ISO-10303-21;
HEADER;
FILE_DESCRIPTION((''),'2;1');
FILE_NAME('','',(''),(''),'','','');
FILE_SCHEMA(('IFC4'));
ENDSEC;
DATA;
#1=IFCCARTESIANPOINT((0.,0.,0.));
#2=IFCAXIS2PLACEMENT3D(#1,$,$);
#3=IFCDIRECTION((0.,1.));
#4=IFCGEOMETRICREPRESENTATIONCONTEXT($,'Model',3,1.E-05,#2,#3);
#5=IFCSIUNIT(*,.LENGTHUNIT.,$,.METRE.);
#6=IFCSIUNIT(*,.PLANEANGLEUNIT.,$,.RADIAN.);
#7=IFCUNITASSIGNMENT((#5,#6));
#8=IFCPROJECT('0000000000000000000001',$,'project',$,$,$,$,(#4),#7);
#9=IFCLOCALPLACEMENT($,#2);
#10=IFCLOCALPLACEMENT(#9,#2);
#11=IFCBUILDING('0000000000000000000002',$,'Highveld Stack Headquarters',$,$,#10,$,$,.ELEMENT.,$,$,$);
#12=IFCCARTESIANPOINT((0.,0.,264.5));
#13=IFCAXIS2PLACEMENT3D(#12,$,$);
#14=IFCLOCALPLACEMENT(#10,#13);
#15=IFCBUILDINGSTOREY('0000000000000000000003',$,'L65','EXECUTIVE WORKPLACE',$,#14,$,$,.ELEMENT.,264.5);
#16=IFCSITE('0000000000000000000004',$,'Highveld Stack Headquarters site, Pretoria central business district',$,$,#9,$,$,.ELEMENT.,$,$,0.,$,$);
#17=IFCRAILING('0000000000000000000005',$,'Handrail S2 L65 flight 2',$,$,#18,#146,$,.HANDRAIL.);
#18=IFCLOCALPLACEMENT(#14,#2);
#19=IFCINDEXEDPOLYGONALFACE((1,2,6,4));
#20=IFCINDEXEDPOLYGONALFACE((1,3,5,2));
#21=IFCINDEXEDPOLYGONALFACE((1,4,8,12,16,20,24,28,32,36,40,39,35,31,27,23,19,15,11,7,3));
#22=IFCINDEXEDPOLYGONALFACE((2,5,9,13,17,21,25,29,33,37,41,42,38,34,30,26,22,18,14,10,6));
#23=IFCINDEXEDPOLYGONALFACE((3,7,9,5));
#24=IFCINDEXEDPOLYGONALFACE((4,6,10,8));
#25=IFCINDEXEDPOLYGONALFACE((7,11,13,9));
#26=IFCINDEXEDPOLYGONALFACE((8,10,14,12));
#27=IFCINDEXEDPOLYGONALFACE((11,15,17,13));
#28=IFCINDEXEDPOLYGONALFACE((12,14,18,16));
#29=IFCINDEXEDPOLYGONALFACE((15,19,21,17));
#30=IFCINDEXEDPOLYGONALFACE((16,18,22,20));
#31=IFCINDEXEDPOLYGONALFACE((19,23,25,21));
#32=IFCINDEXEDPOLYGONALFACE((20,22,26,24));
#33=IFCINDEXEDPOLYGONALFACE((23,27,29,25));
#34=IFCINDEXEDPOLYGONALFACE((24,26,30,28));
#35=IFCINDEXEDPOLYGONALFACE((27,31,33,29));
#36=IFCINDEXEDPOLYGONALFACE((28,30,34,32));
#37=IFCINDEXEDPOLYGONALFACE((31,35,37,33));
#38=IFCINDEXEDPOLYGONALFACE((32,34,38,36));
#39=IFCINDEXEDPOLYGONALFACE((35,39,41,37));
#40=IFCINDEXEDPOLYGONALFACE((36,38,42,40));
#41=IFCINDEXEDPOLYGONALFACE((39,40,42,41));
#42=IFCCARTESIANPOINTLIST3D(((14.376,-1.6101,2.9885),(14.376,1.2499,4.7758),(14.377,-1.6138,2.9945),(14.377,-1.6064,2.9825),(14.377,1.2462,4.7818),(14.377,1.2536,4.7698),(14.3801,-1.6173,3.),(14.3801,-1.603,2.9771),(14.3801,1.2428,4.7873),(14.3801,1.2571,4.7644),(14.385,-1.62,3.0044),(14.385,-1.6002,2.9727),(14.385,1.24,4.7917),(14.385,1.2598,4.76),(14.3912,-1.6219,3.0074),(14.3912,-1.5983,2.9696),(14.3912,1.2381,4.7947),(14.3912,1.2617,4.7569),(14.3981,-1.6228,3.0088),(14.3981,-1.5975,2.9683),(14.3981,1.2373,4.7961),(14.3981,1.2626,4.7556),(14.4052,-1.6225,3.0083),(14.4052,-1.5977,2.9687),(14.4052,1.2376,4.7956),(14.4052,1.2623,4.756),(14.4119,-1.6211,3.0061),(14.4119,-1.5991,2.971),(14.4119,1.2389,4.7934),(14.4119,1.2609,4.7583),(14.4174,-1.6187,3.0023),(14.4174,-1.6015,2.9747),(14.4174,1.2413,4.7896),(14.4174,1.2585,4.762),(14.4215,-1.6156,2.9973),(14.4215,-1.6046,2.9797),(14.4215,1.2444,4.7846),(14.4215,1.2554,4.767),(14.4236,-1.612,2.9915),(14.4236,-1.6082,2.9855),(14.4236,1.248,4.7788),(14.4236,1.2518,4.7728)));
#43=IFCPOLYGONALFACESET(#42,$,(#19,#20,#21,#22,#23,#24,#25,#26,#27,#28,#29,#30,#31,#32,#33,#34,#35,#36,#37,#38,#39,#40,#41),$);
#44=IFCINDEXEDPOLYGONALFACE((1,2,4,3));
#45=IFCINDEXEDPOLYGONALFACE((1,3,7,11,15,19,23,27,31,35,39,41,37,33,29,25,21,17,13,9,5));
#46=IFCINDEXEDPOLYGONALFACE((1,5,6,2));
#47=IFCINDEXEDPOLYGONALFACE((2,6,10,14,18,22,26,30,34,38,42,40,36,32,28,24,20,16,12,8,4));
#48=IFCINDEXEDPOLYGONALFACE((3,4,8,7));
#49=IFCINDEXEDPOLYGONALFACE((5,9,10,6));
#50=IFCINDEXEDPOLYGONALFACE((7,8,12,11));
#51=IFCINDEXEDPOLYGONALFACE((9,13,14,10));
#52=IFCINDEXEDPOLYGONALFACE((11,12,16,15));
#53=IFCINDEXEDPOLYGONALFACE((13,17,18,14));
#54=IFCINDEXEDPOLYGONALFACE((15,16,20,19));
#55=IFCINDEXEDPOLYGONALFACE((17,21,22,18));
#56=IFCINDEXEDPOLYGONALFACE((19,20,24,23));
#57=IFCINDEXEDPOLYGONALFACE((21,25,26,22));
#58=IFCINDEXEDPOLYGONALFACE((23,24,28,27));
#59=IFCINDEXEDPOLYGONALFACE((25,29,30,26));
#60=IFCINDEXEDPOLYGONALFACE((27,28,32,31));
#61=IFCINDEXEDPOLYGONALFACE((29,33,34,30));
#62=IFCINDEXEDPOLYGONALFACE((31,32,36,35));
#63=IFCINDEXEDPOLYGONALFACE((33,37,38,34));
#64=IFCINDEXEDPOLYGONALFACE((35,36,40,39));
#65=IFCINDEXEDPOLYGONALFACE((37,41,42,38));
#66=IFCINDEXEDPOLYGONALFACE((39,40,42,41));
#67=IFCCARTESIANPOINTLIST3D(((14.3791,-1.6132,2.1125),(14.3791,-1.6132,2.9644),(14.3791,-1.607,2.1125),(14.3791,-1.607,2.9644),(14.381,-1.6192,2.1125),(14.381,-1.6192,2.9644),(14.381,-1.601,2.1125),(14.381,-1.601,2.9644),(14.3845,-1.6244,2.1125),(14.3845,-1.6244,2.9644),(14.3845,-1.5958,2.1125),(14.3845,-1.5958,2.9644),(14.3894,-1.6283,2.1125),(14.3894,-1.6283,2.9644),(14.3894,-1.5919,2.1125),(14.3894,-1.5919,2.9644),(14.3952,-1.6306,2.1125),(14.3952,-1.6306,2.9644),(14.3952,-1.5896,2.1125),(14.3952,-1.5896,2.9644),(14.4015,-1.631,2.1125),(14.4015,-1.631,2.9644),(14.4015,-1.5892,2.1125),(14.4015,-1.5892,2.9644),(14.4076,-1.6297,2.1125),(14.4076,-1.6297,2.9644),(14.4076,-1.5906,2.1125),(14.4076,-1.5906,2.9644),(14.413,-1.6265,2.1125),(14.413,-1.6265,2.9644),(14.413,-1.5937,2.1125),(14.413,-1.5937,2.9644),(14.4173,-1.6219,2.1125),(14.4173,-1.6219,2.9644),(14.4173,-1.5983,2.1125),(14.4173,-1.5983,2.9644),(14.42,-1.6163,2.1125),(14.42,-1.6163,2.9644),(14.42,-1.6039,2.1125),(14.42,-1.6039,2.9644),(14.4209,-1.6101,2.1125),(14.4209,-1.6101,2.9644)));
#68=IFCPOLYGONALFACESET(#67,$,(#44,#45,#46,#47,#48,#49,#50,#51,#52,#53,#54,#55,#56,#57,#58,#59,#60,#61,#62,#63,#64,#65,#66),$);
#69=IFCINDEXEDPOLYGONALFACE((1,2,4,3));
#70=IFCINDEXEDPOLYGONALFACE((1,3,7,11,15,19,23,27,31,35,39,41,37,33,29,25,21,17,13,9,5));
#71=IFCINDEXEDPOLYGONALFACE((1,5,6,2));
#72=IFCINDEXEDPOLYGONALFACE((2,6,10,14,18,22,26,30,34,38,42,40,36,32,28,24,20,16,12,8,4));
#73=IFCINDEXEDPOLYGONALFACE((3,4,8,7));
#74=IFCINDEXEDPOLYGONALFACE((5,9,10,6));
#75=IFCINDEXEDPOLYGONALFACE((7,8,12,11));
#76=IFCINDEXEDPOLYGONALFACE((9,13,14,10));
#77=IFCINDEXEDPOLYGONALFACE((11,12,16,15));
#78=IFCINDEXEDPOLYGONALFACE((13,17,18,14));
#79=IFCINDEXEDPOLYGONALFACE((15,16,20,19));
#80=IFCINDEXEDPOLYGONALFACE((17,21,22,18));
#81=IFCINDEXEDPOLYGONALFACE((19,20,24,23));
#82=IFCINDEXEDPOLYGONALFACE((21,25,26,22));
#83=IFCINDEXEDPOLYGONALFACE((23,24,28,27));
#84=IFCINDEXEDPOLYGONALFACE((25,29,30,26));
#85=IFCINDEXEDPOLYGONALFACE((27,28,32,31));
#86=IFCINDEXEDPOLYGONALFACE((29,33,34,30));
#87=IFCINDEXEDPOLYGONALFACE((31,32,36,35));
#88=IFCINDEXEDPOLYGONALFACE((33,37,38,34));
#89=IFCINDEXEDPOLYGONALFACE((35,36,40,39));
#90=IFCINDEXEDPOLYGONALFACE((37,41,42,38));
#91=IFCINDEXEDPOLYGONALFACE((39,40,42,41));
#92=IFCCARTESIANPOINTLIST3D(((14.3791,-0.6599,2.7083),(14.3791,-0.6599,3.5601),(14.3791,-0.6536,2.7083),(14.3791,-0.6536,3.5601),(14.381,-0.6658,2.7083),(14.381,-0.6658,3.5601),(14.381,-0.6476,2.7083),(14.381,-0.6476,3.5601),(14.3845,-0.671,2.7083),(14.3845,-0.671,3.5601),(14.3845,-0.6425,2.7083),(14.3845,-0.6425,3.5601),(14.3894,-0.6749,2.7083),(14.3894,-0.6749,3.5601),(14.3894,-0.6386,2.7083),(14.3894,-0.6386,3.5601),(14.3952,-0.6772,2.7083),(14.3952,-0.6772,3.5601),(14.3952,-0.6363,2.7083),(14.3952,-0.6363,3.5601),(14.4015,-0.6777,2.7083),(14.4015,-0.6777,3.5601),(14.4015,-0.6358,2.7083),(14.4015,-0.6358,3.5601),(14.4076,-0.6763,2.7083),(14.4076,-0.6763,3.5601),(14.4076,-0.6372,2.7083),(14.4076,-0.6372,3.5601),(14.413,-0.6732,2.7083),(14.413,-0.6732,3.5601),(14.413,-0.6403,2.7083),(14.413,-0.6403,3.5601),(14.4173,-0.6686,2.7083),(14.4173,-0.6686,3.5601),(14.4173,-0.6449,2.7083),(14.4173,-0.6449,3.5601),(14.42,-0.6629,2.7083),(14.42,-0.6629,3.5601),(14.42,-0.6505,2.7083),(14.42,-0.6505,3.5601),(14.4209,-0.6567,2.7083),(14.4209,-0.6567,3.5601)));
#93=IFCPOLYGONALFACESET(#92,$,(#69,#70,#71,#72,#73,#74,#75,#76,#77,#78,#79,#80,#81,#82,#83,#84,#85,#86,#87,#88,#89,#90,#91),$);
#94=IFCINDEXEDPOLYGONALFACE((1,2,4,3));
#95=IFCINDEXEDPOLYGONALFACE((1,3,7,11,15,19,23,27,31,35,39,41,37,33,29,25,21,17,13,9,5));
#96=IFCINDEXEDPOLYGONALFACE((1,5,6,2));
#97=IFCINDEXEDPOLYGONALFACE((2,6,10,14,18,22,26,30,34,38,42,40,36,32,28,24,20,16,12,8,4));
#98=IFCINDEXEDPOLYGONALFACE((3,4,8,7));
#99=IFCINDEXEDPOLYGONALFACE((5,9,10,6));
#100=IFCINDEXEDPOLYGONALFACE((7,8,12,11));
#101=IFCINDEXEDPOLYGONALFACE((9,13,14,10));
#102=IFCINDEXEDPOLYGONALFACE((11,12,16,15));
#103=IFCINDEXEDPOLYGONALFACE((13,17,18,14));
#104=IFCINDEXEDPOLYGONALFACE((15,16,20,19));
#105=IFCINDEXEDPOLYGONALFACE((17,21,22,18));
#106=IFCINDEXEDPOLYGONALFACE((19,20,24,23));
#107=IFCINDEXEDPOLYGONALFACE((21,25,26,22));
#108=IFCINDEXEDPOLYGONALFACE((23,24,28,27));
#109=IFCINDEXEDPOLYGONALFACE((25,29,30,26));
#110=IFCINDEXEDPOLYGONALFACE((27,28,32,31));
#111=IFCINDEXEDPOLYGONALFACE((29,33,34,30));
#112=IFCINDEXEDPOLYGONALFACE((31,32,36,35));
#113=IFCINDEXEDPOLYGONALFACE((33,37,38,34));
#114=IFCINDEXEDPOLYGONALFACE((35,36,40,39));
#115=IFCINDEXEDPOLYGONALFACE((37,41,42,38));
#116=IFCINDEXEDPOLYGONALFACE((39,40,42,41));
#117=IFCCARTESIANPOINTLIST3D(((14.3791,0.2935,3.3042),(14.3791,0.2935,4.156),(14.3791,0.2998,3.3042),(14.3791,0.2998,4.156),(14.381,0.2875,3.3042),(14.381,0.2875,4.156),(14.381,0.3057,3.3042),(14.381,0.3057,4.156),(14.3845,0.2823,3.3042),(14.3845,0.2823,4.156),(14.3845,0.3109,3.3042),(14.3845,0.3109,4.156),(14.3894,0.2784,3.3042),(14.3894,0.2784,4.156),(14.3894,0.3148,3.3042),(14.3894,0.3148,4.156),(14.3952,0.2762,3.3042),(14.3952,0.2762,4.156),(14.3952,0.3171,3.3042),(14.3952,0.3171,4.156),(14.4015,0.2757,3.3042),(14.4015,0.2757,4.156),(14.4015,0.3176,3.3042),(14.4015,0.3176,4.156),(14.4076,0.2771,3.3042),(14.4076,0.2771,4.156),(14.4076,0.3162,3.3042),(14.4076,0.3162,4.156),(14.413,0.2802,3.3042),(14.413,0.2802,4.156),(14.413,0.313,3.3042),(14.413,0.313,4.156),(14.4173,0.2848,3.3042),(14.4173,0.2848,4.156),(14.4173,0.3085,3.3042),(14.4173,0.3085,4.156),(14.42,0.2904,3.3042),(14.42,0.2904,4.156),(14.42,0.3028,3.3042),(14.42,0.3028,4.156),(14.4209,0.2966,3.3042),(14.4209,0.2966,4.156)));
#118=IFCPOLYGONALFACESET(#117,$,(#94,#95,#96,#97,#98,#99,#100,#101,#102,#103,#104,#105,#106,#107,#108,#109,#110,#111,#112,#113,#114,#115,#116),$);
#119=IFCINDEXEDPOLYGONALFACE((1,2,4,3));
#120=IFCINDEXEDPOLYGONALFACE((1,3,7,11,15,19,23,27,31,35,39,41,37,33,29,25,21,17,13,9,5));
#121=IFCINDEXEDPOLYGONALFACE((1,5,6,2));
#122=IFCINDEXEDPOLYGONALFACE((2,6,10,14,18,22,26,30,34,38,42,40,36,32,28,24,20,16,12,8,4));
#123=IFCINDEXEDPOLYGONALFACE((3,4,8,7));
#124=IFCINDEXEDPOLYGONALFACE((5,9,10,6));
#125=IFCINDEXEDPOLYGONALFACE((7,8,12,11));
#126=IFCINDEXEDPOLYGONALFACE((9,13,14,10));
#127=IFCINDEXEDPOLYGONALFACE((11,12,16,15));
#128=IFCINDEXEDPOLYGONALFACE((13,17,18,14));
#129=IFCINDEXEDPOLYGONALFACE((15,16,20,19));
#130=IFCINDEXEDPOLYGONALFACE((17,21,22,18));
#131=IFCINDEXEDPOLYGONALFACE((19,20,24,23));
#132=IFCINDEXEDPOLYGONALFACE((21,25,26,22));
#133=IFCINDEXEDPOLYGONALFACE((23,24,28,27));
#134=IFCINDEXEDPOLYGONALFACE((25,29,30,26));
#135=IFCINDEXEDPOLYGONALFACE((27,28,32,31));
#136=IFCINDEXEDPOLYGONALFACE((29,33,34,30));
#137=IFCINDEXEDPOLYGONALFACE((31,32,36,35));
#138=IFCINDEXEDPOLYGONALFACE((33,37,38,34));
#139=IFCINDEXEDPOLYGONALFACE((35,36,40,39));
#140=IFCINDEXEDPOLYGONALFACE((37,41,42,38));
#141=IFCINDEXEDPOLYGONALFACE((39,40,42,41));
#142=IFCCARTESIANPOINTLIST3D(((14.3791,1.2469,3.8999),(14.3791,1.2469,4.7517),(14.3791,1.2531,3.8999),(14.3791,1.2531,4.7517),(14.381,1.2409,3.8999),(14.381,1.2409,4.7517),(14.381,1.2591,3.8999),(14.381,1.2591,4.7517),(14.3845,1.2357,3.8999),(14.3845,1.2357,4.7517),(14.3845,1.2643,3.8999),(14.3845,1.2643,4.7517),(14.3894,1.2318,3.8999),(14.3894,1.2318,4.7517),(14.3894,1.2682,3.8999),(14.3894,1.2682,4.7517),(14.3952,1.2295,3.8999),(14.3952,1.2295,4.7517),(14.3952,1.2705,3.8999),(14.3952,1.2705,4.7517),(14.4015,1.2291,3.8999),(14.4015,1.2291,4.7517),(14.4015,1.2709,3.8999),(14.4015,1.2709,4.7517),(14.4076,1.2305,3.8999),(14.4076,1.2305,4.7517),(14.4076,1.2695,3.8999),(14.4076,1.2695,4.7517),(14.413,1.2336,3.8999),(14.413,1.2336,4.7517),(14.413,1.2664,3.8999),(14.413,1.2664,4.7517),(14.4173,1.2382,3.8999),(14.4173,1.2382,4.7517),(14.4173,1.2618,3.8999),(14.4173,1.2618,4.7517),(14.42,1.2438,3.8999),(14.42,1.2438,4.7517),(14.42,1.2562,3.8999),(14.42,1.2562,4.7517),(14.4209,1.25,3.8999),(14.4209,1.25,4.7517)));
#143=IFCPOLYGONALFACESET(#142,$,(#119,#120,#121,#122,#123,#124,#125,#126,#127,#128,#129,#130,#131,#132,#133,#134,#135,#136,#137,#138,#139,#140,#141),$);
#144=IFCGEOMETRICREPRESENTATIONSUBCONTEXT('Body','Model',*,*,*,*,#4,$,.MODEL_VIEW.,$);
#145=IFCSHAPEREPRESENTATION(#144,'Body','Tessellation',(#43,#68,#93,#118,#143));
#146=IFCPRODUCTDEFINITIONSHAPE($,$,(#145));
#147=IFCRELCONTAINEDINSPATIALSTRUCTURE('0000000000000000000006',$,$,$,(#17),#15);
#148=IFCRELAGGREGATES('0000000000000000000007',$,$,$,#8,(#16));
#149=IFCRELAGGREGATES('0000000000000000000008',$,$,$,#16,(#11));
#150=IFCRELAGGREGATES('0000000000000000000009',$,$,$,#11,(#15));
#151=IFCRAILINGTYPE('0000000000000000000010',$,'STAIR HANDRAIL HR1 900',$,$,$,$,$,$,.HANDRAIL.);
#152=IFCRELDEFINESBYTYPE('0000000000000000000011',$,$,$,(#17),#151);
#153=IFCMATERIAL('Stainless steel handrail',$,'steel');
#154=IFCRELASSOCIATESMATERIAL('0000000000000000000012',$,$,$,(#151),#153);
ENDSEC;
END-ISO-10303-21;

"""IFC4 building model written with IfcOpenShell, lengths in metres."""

from ifc_helpers import new_model, si_unit, direction, frame, origin, origin_2d, place, context, subcontext, project, spatial, circle, extrude, material, type_object, element, save


model = new_model("IFC4")

# Units and contexts
model_context = context("Model", 3, precision=1e-05, world=origin(), true_north=direction((0.0, 1.0)))
body_context = subcontext(model_context, "Body", "Model", "MODEL_VIEW")
ifc_project = project(units=[si_unit("LENGTHUNIT", "METRE"), si_unit("PLANEANGLEUNIT", "RADIAN")], contexts=[model_context])

# Site, building, storey
site_placement = place(None, origin())
site = spatial("IfcSite", under=ifc_project, at=site_placement, Name="Highveld Stack Headquarters site, Pretoria central business district", CompositionType="ELEMENT", RefElevation=0.0)
building_placement = place(site_placement, origin())
building = spatial("IfcBuilding", under=site, at=building_placement, Name="Highveld Stack Headquarters", CompositionType="ELEMENT")
storey_placement = place(building_placement, frame((0.0, 0.0, 264.5)))
storey = spatial("IfcBuildingStorey", under=building, at=storey_placement, Name="L65", Description="EXECUTIVE WORKPLACE", CompositionType="ELEMENT", Elevation=264.5)

# Railing
ifc_material_1 = material(Name="Stainless steel handrail", Category="steel")
railing_type = type_object("IfcRailingType", Name="STAIR HANDRAIL HR1 900", PredefinedType="HANDRAIL", material=ifc_material_1)
for number, where, name in (
    (1, (14.3999, -1.6101, 2.1125), "Handrail S2 L65 flight 2"),
):
    element("IfcRailing", number, at=place(storey_placement, frame(where)), inside=storey, type_object=railing_type, Name=name, PredefinedType="HANDRAIL", context=body_context, shape_type="SweptSolid", body=[
        extrude(circle(Radius=0.0239, at=origin_2d()), frame((0.0, 0.0, 0.876), z_axis=(0.0, 0.848027, 0.529953), x_axis=(-1.0, 0.0, 0.0)), (0.0, 0.0, 1.0), 3.3726),
        extrude(circle(Radius=0.021, at=origin_2d()), origin(), (0.0, 0.0, 1.0), 0.8518),
        extrude(circle(Radius=0.021, at=origin_2d()), frame((0.0, 0.9534, 0.5957)), (0.0, 0.0, 1.0), 0.8518),
        extrude(circle(Radius=0.021, at=origin_2d()), frame((0.0, 1.9067, 1.1917)), (0.0, 0.0, 1.0), 0.8518),
        extrude(circle(Radius=0.021, at=origin_2d()), frame((0.0, 2.8601, 1.7874)), (0.0, 0.0, 1.0), 0.8518),
    ])

save(model, "model.ifc")
